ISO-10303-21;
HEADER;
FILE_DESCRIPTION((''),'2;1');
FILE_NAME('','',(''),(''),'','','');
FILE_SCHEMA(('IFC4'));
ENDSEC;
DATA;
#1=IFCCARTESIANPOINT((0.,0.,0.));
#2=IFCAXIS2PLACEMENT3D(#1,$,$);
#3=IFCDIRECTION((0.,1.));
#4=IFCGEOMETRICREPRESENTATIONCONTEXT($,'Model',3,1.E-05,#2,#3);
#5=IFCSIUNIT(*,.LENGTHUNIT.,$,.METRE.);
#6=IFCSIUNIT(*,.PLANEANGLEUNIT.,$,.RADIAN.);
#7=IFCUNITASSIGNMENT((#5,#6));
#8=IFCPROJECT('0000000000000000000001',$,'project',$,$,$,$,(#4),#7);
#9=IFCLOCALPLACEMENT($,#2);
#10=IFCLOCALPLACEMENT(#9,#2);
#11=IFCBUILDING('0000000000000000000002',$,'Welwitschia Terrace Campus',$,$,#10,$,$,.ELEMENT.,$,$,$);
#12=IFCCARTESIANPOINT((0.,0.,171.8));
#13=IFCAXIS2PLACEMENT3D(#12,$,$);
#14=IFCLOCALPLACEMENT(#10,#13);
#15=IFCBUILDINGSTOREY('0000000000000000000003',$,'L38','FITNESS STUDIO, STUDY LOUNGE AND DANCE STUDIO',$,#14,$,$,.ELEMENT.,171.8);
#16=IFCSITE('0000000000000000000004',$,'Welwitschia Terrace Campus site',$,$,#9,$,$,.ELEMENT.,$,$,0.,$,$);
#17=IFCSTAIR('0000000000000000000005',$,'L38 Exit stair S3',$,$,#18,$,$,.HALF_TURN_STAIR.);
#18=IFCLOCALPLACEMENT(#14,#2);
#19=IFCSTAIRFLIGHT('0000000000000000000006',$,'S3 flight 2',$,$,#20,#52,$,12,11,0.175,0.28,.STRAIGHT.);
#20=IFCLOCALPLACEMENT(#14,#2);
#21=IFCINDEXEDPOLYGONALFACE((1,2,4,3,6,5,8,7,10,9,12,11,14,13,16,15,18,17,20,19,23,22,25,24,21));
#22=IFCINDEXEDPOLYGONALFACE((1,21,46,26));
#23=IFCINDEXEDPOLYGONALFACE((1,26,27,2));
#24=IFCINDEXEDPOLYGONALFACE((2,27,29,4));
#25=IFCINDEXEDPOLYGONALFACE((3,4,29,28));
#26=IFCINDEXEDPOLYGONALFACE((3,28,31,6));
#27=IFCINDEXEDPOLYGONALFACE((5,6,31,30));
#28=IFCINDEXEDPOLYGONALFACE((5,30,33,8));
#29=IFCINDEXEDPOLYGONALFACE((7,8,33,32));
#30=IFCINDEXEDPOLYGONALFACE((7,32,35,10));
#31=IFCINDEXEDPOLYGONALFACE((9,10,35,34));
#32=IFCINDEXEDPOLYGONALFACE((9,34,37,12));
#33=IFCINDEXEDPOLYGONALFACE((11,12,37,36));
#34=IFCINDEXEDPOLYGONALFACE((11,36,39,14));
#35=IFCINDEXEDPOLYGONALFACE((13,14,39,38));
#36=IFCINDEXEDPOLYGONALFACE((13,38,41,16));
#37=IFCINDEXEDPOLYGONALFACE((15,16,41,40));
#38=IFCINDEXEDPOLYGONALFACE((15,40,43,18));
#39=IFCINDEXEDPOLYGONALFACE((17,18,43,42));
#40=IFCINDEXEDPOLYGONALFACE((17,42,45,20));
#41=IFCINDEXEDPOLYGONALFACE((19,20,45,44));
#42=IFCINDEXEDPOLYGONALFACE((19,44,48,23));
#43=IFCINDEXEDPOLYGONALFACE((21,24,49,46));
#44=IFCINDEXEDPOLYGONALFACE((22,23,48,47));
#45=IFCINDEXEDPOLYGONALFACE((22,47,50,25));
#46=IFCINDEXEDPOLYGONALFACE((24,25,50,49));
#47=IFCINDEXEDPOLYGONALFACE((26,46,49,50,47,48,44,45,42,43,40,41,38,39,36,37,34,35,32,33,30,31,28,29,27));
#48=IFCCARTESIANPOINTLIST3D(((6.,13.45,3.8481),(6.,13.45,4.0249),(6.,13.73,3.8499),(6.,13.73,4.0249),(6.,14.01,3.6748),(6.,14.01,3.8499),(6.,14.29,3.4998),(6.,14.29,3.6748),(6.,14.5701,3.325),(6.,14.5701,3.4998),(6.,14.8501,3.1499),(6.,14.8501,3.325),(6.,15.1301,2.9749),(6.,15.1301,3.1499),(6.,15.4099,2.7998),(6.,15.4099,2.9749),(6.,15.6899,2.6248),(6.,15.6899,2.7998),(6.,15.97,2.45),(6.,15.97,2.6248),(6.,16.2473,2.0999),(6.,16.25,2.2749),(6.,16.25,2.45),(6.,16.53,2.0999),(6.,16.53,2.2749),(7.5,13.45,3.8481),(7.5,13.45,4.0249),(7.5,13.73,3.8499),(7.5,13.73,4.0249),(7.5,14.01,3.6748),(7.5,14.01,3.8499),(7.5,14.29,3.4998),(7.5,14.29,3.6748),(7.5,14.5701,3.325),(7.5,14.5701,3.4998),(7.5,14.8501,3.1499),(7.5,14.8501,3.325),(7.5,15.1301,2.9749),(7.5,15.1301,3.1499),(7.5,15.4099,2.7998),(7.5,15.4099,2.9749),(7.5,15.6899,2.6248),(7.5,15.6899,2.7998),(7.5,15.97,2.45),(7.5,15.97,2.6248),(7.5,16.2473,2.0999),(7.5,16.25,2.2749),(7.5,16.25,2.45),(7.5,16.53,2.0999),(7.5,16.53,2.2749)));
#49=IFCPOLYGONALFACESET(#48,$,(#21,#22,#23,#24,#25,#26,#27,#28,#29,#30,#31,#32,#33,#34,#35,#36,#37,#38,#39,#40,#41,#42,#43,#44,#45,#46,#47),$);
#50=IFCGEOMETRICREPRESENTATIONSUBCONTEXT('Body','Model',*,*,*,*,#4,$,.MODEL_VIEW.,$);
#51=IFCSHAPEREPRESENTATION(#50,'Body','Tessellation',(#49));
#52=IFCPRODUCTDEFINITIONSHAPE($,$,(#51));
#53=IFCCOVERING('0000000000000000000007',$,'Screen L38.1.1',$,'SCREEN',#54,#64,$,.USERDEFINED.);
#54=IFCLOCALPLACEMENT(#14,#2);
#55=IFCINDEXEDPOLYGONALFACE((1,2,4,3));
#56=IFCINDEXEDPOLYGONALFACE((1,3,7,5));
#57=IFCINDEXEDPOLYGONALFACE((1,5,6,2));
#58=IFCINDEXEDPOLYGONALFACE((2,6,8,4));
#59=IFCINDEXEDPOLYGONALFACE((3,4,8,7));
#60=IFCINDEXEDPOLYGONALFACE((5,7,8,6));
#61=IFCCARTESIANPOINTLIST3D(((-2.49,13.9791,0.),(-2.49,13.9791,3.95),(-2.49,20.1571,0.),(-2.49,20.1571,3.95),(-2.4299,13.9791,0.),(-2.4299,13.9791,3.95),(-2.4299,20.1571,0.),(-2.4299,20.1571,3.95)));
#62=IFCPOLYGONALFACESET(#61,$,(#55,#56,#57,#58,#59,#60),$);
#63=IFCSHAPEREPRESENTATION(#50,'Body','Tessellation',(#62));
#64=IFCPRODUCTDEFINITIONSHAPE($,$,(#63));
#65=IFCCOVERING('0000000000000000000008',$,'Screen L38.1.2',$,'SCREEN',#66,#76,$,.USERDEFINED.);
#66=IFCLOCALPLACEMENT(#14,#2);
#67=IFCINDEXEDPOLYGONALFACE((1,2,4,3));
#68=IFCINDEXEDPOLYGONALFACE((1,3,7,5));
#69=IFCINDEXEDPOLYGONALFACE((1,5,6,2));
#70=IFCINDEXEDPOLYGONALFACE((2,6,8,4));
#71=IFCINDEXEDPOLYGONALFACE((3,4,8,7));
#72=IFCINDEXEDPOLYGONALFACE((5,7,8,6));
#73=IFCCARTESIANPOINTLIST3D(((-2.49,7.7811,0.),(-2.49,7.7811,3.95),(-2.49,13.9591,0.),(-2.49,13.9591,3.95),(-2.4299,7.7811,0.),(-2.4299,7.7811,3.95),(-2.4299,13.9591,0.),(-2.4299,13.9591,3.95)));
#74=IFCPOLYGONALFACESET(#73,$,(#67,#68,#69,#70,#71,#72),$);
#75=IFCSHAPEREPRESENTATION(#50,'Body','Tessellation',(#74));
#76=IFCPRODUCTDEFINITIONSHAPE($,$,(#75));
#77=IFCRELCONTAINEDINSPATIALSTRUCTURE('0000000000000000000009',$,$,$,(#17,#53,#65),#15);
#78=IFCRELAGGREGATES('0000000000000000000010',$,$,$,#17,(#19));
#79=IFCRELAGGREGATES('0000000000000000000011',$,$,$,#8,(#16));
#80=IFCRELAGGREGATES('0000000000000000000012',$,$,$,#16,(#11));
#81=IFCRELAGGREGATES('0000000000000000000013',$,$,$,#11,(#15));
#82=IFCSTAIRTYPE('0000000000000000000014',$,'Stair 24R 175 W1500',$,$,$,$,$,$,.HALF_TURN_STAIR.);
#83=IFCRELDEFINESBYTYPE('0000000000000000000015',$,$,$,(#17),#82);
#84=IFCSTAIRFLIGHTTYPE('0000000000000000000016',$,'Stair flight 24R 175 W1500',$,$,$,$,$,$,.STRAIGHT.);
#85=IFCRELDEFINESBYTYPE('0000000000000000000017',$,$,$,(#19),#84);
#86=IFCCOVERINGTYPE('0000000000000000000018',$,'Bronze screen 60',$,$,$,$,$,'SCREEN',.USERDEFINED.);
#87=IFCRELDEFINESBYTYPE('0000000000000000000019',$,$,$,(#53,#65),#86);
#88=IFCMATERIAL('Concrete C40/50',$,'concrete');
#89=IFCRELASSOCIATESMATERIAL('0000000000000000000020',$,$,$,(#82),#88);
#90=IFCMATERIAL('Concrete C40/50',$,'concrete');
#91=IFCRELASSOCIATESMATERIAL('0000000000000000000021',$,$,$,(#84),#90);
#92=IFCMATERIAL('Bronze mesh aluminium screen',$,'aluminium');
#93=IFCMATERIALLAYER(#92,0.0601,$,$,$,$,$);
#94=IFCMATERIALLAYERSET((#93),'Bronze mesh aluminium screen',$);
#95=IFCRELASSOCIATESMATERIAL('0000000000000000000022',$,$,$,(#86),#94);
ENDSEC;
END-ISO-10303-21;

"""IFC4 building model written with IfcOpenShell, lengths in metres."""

from ifc_helpers import new_model, si_unit, direction, frame, origin, origin_2d, place, context, subcontext, project, spatial, polyline, rectangle, outline, extrude, material, layer, layer_set, type_object, element, aggregate, save


model = new_model("IFC4")

# Units and contexts
model_context = context("Model", 3, precision=1e-05, world=origin(), true_north=direction((0.0, 1.0)))
body_context = subcontext(model_context, "Body", "Model", "MODEL_VIEW")
ifc_project = project(units=[si_unit("LENGTHUNIT", "METRE"), si_unit("PLANEANGLEUNIT", "RADIAN")], contexts=[model_context])

# Site, building, storey
site_placement = place(None, origin())
site = spatial("IfcSite", under=ifc_project, at=site_placement, Name="Welwitschia Terrace Campus site", CompositionType="ELEMENT", RefElevation=0.0)
building_placement = place(site_placement, origin())
building = spatial("IfcBuilding", under=site, at=building_placement, Name="Welwitschia Terrace Campus", CompositionType="ELEMENT")
storey_placement = place(building_placement, frame((0.0, 0.0, 171.8)))
storey = spatial("IfcBuildingStorey", under=building, at=storey_placement, Name="L38", Description="FITNESS STUDIO, STUDY LOUNGE AND DANCE STUDIO", CompositionType="ELEMENT", Elevation=171.8)

# Stair, stair flight
ifc_material_1 = material(Name="Concrete C40/50", Category="concrete")
stair_type = type_object("IfcStairType", Name="Stair 24R 175 W1500", PredefinedType="HALF_TURN_STAIR", material=ifc_material_1)
ifc_material_2 = material(Name="Concrete C40/50", Category="concrete")
stair_flight_type = type_object("IfcStairFlightType", Name="Stair flight 24R 175 W1500", PredefinedType="STRAIGHT", material=ifc_material_2)
stair_1_placement = place(storey_placement, origin())
stair_1 = element("IfcStair", 1, at=stair_1_placement, inside=storey, type_object=stair_type, Name="L38 Exit stair S3", PredefinedType="HALF_TURN_STAIR")
stair_flight_1_placement = place(storey_placement, frame((6.75, 16.53, 2.0999), z_axis=(0.0, 0.0, 1.0), x_axis=(0.0, -1.0, 0.0)))
stair_flight_1 = element("IfcStairFlight", 2, at=stair_flight_1_placement, type_object=stair_flight_type, Name="S3 flight 2", NumberOfRisers=12, NumberOfTreads=11, PredefinedType="STRAIGHT", RiserHeight=0.175, TreadLength=0.28, context=body_context, shape_type="SweptSolid", body=[
    extrude(outline(polyline([(0.0, 0.0), (0.0, 0.175), (0.28, 0.175), (0.28, 0.3501), (0.5601, 0.3501), (0.5601, 0.5249), (0.8401, 0.5249), (0.8401, 0.7), (1.1201, 0.7), (1.1201, 0.875), (1.3999, 0.875), (1.3999, 1.05), (1.6799, 1.05), (1.6799, 1.2251), (1.96, 1.2251), (1.96, 1.3999), (2.24, 1.3999), (2.24, 1.575), (2.52, 1.575), (2.52, 1.75), (2.8, 1.75), (2.8, 1.925), (3.0801, 1.925), (3.0801, 2.1001), (3.0801, 1.7483), (0.2827, 0.0), (0.0, 0.0)])), frame((0.0, 0.75, 0.0), z_axis=(0.0, -1.0, 0.0), x_axis=(1.0, 0.0, 0.0)), (0.0, 0.0, 1.0), 1.5),
])
aggregate(stair_1, [stair_flight_1])

# Coverings
ifc_material_3 = material(Name="Bronze mesh aluminium screen", Category="aluminium")
ifc_layer_1 = layer(ifc_material_3, 0.0601)
ifc_layer_set_1 = layer_set([ifc_layer_1], Name="Bronze mesh aluminium screen")
covering_type = type_object("IfcCoveringType", Name="Bronze screen 60", ElementType="SCREEN", PredefinedType="USERDEFINED", material=ifc_layer_set_1)
for number, where, z_axis, x_axis, name in (
    (3, (-2.46, 17.0681, 0.0), (0.0, 0.0, 1.0), (0.0, -1.0, 0.0), "Screen L38.1.1"),
    (4, (-2.46, 10.8701, 0.0), (0.0, 0.0, 1.0), (0.0, -1.0, 0.0), "Screen L38.1.2"),
):
    element("IfcCovering", number, at=place(storey_placement, frame(where, z_axis=z_axis, x_axis=x_axis)), inside=storey, type_object=covering_type, Name=name, ObjectType="SCREEN", PredefinedType="USERDEFINED", context=body_context, shape_type="SweptSolid", body=[
        extrude(rectangle(XDim=6.178, YDim=0.0601, at=origin_2d()), origin(), (0.0, 0.0, 1.0), 3.95),
    ])

save(model, "model.ifc")
